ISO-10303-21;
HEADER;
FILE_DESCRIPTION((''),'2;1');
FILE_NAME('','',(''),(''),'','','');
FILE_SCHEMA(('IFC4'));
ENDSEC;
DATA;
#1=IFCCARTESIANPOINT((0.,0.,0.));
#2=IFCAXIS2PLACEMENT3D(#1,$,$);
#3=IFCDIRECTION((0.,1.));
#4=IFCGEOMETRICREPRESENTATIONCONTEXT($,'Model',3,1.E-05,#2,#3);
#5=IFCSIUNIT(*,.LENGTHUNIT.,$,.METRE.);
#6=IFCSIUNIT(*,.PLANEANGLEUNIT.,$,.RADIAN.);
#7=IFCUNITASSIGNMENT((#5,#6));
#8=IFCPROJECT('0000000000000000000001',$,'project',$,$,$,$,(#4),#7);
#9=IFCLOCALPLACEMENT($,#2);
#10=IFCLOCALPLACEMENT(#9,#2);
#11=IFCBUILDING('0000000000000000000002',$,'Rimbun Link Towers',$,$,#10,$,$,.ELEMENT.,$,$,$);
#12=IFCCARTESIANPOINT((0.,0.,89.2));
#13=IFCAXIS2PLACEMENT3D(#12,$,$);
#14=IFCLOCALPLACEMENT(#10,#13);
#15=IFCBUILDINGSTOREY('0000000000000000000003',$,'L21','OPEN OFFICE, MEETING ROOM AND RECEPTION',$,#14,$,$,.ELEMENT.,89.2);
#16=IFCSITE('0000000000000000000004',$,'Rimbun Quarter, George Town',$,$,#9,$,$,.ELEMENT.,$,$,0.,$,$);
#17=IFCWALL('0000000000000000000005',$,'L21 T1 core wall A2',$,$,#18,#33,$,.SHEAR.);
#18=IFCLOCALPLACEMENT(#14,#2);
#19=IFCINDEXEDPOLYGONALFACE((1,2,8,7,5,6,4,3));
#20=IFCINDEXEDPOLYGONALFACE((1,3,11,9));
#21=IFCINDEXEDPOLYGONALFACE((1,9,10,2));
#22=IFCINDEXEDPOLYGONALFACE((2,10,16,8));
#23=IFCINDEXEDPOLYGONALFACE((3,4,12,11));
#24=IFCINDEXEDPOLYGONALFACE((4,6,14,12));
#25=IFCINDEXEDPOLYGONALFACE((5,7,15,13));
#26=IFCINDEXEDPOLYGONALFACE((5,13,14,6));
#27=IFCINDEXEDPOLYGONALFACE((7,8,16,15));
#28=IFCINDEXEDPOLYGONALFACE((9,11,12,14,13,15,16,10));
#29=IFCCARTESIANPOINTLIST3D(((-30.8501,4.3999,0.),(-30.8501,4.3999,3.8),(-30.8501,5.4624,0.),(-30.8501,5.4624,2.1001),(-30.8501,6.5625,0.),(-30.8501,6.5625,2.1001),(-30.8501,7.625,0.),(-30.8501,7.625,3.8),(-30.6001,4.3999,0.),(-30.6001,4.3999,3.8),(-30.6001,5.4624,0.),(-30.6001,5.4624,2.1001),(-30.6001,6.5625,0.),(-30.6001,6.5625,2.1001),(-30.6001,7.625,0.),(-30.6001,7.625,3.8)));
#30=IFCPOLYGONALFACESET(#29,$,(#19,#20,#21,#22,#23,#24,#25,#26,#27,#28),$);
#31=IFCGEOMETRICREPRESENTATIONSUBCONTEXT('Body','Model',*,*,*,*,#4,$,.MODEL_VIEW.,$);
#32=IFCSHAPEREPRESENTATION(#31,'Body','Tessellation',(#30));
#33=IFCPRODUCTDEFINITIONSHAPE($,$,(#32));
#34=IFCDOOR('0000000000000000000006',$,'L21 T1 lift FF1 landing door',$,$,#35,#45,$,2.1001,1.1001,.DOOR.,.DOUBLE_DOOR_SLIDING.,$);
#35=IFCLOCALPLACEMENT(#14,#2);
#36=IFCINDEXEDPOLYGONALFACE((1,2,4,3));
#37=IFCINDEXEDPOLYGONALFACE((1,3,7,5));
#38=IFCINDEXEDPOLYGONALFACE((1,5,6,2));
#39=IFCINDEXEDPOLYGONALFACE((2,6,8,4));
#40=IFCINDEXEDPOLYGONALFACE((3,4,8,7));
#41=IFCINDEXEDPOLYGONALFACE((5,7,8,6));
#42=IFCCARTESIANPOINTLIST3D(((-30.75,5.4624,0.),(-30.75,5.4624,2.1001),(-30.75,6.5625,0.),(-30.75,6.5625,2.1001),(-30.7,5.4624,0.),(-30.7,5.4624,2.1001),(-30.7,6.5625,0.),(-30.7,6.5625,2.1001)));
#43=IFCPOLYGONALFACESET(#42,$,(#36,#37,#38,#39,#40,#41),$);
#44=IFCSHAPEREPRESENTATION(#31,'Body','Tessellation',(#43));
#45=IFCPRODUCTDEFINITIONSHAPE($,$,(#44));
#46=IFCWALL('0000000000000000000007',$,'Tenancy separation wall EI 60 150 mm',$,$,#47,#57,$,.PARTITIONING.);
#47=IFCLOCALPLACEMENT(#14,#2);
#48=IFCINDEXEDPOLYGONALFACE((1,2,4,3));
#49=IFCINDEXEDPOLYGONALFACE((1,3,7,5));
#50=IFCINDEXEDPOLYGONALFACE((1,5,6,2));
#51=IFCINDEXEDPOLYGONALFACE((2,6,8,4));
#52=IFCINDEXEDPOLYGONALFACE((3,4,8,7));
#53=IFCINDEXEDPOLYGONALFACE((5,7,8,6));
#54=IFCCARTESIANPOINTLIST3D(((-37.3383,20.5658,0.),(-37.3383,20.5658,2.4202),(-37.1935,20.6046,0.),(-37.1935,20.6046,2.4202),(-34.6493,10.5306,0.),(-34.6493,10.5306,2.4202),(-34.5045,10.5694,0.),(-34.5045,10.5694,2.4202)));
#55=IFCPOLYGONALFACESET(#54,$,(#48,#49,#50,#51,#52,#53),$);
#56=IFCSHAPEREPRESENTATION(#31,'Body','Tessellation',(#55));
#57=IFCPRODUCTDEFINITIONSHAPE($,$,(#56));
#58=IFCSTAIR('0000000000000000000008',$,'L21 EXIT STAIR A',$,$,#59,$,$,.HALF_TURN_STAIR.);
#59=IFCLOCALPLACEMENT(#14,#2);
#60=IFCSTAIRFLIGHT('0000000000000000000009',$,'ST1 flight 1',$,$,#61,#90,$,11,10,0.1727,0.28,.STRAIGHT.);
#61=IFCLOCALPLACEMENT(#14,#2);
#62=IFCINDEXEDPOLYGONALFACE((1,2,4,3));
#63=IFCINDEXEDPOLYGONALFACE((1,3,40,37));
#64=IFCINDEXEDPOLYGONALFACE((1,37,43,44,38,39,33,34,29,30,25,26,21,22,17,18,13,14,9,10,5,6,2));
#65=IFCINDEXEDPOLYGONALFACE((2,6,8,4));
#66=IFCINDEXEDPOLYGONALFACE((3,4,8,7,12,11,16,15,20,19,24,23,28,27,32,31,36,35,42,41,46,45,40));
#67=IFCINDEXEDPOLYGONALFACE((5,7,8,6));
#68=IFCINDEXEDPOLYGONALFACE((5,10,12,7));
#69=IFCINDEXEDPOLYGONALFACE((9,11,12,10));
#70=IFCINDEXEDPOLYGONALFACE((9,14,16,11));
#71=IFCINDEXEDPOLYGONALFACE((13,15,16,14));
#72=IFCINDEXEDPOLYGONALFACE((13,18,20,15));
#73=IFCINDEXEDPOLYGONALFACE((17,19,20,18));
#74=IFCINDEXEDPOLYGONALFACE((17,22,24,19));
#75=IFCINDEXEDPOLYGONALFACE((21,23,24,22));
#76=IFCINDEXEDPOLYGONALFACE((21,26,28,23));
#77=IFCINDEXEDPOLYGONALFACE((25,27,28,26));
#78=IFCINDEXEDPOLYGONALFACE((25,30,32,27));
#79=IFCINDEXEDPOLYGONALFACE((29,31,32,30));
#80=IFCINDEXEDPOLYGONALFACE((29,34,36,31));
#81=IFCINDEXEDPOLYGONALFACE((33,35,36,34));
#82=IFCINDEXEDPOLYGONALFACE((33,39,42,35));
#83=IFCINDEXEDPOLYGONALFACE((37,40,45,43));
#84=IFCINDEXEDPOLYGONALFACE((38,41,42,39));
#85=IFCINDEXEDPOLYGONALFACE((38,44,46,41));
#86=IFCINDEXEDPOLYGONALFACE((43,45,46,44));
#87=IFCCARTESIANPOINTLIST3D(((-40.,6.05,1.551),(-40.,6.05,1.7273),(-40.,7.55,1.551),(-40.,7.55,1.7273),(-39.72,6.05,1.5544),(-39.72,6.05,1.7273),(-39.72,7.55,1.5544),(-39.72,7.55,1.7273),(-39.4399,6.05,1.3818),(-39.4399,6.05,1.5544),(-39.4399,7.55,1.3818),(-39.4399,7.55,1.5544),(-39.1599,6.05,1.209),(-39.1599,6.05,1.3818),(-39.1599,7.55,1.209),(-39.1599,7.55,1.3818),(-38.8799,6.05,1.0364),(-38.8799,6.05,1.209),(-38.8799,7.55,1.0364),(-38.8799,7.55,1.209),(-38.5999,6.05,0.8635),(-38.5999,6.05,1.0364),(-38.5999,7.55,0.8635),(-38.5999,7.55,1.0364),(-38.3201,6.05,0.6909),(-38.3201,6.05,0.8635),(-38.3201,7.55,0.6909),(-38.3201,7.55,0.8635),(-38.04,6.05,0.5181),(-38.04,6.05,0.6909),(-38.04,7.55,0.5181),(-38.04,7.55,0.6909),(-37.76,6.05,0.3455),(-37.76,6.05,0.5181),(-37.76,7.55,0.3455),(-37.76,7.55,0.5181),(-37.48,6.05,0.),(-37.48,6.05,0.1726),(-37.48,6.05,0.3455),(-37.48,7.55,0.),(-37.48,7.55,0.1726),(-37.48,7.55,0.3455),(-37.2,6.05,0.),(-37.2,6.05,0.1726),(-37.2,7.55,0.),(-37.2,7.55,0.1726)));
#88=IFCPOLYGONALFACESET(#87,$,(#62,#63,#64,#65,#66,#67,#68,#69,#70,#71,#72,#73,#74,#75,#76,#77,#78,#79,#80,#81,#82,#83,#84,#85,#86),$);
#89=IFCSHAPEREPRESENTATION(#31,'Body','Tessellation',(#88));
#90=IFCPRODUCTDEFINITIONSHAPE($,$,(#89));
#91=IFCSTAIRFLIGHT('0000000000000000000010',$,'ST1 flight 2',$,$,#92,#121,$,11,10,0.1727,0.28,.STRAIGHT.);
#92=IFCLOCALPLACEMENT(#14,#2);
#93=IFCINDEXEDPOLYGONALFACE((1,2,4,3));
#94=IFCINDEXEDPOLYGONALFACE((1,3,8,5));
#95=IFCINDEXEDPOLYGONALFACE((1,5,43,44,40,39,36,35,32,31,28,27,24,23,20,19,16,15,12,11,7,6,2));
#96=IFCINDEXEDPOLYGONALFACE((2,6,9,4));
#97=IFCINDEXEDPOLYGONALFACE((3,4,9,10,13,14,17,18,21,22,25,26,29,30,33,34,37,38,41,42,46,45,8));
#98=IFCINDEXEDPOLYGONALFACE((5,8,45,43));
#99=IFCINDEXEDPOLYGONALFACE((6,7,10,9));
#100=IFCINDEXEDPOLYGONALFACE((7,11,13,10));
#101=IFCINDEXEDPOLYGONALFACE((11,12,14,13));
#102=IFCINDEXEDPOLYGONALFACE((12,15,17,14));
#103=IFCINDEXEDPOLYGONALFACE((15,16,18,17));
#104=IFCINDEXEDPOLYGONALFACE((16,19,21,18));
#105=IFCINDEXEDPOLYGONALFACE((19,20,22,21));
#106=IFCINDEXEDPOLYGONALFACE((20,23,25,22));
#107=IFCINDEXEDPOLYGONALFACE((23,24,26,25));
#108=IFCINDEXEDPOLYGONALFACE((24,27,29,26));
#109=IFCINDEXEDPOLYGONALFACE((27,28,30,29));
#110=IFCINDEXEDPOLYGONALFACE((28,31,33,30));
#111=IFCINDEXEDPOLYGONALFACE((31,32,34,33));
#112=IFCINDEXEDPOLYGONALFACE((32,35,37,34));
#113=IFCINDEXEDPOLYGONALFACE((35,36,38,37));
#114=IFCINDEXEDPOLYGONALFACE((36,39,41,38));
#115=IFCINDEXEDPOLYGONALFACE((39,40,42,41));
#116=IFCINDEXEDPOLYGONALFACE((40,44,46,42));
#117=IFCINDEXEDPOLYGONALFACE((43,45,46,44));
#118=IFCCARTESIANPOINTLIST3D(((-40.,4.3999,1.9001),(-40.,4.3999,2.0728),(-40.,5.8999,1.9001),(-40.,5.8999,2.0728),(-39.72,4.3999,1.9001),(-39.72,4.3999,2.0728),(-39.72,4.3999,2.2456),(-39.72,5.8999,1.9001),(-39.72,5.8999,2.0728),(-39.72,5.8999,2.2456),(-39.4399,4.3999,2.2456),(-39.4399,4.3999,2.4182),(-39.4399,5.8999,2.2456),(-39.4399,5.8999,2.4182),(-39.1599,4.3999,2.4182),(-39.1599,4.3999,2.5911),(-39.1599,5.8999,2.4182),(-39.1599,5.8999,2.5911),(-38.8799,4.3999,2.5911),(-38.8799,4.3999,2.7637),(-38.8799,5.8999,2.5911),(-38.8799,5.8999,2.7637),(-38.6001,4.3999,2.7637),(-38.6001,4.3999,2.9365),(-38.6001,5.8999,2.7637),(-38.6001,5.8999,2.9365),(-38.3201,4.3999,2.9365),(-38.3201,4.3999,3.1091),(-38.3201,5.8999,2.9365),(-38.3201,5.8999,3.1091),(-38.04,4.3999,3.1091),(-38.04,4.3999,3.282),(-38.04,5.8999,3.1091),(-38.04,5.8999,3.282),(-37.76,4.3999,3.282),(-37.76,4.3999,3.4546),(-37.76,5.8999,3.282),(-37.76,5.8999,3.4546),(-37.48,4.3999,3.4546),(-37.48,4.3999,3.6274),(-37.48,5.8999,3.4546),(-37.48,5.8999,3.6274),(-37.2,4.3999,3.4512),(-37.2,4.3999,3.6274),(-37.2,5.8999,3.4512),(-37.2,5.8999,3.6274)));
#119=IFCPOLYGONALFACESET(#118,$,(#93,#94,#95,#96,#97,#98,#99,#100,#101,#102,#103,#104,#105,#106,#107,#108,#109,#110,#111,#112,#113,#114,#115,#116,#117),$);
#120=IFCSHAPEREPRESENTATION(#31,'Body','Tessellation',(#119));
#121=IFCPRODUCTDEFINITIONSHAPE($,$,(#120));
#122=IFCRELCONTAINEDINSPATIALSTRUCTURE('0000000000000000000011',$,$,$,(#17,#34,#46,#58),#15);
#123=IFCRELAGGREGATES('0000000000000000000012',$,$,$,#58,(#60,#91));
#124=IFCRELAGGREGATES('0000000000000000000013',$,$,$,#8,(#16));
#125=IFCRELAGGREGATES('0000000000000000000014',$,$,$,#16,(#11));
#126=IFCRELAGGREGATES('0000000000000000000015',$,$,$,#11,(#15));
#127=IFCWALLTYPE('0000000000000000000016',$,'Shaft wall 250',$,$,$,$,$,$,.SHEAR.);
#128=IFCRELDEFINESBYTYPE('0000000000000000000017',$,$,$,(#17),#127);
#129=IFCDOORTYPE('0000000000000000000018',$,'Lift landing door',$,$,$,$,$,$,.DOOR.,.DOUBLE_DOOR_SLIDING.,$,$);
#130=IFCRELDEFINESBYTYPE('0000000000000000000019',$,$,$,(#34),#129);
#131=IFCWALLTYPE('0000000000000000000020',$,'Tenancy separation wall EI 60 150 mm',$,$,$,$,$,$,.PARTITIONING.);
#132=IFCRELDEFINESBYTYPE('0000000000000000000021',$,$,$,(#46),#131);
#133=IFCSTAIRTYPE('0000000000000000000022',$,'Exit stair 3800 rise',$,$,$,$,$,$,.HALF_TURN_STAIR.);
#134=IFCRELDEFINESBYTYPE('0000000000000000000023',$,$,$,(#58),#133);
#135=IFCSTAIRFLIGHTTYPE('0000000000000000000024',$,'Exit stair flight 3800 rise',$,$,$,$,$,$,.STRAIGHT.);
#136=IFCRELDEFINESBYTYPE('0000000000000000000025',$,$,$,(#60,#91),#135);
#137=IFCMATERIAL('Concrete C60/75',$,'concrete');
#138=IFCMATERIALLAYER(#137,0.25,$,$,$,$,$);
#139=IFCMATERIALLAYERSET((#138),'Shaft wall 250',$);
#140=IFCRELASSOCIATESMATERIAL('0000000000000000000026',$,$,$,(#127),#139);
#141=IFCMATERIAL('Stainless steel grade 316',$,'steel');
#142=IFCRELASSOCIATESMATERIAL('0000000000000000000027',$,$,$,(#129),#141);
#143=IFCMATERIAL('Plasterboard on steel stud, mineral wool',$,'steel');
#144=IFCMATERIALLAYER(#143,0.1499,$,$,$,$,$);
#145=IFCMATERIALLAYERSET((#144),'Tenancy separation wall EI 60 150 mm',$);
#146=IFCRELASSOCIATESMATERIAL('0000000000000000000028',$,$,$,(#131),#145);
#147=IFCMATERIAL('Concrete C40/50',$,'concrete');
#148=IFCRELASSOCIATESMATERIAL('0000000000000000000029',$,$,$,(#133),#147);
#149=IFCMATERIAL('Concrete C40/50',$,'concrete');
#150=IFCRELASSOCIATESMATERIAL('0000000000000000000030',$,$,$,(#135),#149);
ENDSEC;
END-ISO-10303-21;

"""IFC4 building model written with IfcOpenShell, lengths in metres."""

from ifc_helpers import new_model, si_unit, direction, frame, frame_2d, origin, place, context, subcontext, project, spatial, polyline, rectangle, outline, extrude, material, layer, layer_set, type_object, element, fill, aggregate, save


model = new_model("IFC4")

# Units and contexts
model_context = context("Model", 3, precision=1e-05, world=origin(), true_north=direction((0.0, 1.0)))
body_context = subcontext(model_context, "Body", "Model", "MODEL_VIEW")
ifc_project = project(units=[si_unit("LENGTHUNIT", "METRE"), si_unit("PLANEANGLEUNIT", "RADIAN")], contexts=[model_context])

# Site, building, storey
site_placement = place(None, origin())
site = spatial("IfcSite", under=ifc_project, at=site_placement, Name="Rimbun Quarter, George Town", CompositionType="ELEMENT", RefElevation=0.0)
building_placement = place(site_placement, origin())
building = spatial("IfcBuilding", under=site, at=building_placement, Name="Rimbun Link Towers", CompositionType="ELEMENT")
storey_placement = place(building_placement, frame((0.0, 0.0, 89.2)))
storey = spatial("IfcBuildingStorey", under=building, at=storey_placement, Name="L21", Description="OPEN OFFICE, MEETING ROOM AND RECEPTION", CompositionType="ELEMENT", Elevation=89.2)

# Wall, opening, door
ifc_material_1 = material(Name="Concrete C60/75", Category="concrete")
ifc_layer_1 = layer(ifc_material_1, 0.25)
ifc_layer_set_1 = layer_set([ifc_layer_1], Name="Shaft wall 250")
wall_type_1 = type_object("IfcWallType", Name="Shaft wall 250", PredefinedType="SHEAR", material=ifc_layer_set_1)
wall_1_placement = place(storey_placement, frame((-30.7251, 4.3999, 0.0), z_axis=(0.0, 0.0, 1.0), x_axis=(0.0, 1.0, 0.0)))
wall_1 = element("IfcWall", 1, at=wall_1_placement, inside=storey, type_object=wall_type_1, Name="L21 T1 core wall A2", PredefinedType="SHEAR", context=body_context, shape_type="SweptSolid", body=[
    extrude(rectangle(XDim=3.2251, YDim=0.25, at=frame_2d((1.6125, 0.0))), origin(), (0.0, 0.0, 1.0), 3.8),
])
opening_1_placement = place(wall_1_placement, frame((1.0625, 0.0, 0.0)))
opening_1 = element("IfcOpeningElement", 2, at=opening_1_placement, cuts=wall_1, PredefinedType="OPENING", context=body_context, shape_type="SweptSolid", body=[
    extrude(rectangle(XDim=1.1001, YDim=2.1001, at=frame_2d((0.55, 1.05))), frame((0.0, 0.135, 0.0), z_axis=(0.0, -1.0, 0.0), x_axis=(1.0, 0.0, 0.0)), (0.0, 0.0, 1.0), 0.27),
])
ifc_material_2 = material(Name="Stainless steel grade 316", Category="steel")
door_type_1 = type_object("IfcDoorType", Name="Lift landing door", OperationType="DOUBLE_DOOR_SLIDING", PredefinedType="DOOR", material=ifc_material_2)
door_1_placement = place(opening_1_placement, origin())
door_1 = element("IfcDoor", 3, at=door_1_placement, inside=storey, type_object=door_type_1, Name="L21 T1 lift FF1 landing door", OperationType="DOUBLE_DOOR_SLIDING", OverallHeight=2.1001, OverallWidth=1.1001, PredefinedType="DOOR", context=body_context, shape_type="SweptSolid", body=[
    extrude(rectangle(XDim=1.1001, YDim=2.1001, at=frame_2d((0.55, 1.05))), frame((0.0, 0.0249, 0.0), z_axis=(0.0, -1.0, 0.0), x_axis=(1.0, 0.0, 0.0)), (0.0, 0.0, 1.0), 0.05),
])
fill(opening_1, door_1)

# Wall
ifc_material_3 = material(Name="Plasterboard on steel stud, mineral wool", Category="steel")
ifc_layer_2 = layer(ifc_material_3, 0.1499)
ifc_layer_set_2 = layer_set([ifc_layer_2], Name="Tenancy separation wall EI 60 150 mm")
wall_type_2 = type_object("IfcWallType", Name="Tenancy separation wall EI 60 150 mm", PredefinedType="PARTITIONING", material=ifc_layer_set_2)
wall_2_placement = place(storey_placement, frame((-34.5769, 10.55, 0.0), z_axis=(0.0, 0.0, 1.0), x_axis=(-0.258824, 0.965925, 0.0)))
element("IfcWall", 4, at=wall_2_placement, inside=storey, type_object=wall_type_2, Name="Tenancy separation wall EI 60 150 mm", PredefinedType="PARTITIONING", context=body_context, shape_type="SweptSolid", body=[
    extrude(rectangle(XDim=10.3892, YDim=0.1499, at=frame_2d((5.1946, 0.0))), origin(), (0.0, 0.0, 1.0), 2.4202),
])

# Stair, stair flights
ifc_material_4 = material(Name="Concrete C40/50", Category="concrete")
stair_type = type_object("IfcStairType", Name="Exit stair 3800 rise", PredefinedType="HALF_TURN_STAIR", material=ifc_material_4)
stair_placement = place(storey_placement, origin())
stair = element("IfcStair", 5, at=stair_placement, inside=storey, type_object=stair_type, Name="L21 EXIT STAIR A", PredefinedType="HALF_TURN_STAIR")
ifc_material_5 = material(Name="Concrete C40/50", Category="concrete")
stair_flight_type = type_object("IfcStairFlightType", Name="Exit stair flight 3800 rise", PredefinedType="STRAIGHT", material=ifc_material_5)
stair_flight_1_placement = place(storey_placement, frame((-37.2, 6.8, 0.0), z_axis=(0.0, 0.0, 1.0), x_axis=(-1.0, 0.0, 0.0)))
stair_flight_1 = element("IfcStairFlight", 6, at=stair_flight_1_placement, type_object=stair_flight_type, Name="ST1 flight 1", NumberOfRisers=11, NumberOfTreads=10, PredefinedType="STRAIGHT", RiserHeight=0.1727, TreadLength=0.28, context=body_context, shape_type="SweptSolid", body=[
    extrude(outline(polyline([(0.0, 0.0), (0.0, 0.1726), (0.28, 0.1726), (0.28, 0.3455), (0.5601, 0.3455), (0.5601, 0.5181), (0.8401, 0.5181), (0.8401, 0.6909), (1.1201, 0.6909), (1.1201, 0.8635), (1.3999, 0.8635), (1.3999, 1.0364), (1.6799, 1.0364), (1.6799, 1.209), (1.96, 1.209), (1.96, 1.3818), (2.24, 1.3818), (2.24, 1.5544), (2.52, 1.5544), (2.52, 1.7273), (2.8, 1.7273), (2.8, 1.8999), (2.8, 1.551), (0.28, 0.0), (0.0, 0.0)])), frame((0.0, 0.75, 0.0), z_axis=(0.0, -1.0, 0.0), x_axis=(1.0, 0.0, 0.0)), (0.0, 0.0, 1.0), 1.5),
])
stair_flight_2_placement = place(storey_placement, frame((-40.0, 5.1499, 1.9001), z_axis=(0.0, 0.0, 1.0), x_axis=(1.0, 0.0, 0.0)))
stair_flight_2 = element("IfcStairFlight", 7, at=stair_flight_2_placement, type_object=stair_flight_type, Name="ST1 flight 2", NumberOfRisers=11, NumberOfTreads=10, PredefinedType="STRAIGHT", RiserHeight=0.1727, TreadLength=0.28, context=body_context, shape_type="SweptSolid", body=[
    extrude(outline(polyline([(0.0, 0.0), (0.0, 0.1726), (0.28, 0.1726), (0.28, 0.3455), (0.5601, 0.3455), (0.5601, 0.5181), (0.8401, 0.5181), (0.8401, 0.6909), (1.1201, 0.6909), (1.1201, 0.8635), (1.3999, 0.8635), (1.3999, 1.0364), (1.6799, 1.0364), (1.6799, 1.209), (1.96, 1.209), (1.96, 1.3818), (2.24, 1.3818), (2.24, 1.5544), (2.52, 1.5544), (2.52, 1.7273), (2.8, 1.7273), (2.8, 1.8999), (2.8, 1.551), (0.28, 0.0), (0.0, 0.0)])), frame((0.0, 0.75, 0.0), z_axis=(0.0, -1.0, 0.0), x_axis=(1.0, 0.0, 0.0)), (0.0, 0.0, 1.0), 1.5),
])
aggregate(stair, [stair_flight_1, stair_flight_2])

save(model, "model.ifc")
